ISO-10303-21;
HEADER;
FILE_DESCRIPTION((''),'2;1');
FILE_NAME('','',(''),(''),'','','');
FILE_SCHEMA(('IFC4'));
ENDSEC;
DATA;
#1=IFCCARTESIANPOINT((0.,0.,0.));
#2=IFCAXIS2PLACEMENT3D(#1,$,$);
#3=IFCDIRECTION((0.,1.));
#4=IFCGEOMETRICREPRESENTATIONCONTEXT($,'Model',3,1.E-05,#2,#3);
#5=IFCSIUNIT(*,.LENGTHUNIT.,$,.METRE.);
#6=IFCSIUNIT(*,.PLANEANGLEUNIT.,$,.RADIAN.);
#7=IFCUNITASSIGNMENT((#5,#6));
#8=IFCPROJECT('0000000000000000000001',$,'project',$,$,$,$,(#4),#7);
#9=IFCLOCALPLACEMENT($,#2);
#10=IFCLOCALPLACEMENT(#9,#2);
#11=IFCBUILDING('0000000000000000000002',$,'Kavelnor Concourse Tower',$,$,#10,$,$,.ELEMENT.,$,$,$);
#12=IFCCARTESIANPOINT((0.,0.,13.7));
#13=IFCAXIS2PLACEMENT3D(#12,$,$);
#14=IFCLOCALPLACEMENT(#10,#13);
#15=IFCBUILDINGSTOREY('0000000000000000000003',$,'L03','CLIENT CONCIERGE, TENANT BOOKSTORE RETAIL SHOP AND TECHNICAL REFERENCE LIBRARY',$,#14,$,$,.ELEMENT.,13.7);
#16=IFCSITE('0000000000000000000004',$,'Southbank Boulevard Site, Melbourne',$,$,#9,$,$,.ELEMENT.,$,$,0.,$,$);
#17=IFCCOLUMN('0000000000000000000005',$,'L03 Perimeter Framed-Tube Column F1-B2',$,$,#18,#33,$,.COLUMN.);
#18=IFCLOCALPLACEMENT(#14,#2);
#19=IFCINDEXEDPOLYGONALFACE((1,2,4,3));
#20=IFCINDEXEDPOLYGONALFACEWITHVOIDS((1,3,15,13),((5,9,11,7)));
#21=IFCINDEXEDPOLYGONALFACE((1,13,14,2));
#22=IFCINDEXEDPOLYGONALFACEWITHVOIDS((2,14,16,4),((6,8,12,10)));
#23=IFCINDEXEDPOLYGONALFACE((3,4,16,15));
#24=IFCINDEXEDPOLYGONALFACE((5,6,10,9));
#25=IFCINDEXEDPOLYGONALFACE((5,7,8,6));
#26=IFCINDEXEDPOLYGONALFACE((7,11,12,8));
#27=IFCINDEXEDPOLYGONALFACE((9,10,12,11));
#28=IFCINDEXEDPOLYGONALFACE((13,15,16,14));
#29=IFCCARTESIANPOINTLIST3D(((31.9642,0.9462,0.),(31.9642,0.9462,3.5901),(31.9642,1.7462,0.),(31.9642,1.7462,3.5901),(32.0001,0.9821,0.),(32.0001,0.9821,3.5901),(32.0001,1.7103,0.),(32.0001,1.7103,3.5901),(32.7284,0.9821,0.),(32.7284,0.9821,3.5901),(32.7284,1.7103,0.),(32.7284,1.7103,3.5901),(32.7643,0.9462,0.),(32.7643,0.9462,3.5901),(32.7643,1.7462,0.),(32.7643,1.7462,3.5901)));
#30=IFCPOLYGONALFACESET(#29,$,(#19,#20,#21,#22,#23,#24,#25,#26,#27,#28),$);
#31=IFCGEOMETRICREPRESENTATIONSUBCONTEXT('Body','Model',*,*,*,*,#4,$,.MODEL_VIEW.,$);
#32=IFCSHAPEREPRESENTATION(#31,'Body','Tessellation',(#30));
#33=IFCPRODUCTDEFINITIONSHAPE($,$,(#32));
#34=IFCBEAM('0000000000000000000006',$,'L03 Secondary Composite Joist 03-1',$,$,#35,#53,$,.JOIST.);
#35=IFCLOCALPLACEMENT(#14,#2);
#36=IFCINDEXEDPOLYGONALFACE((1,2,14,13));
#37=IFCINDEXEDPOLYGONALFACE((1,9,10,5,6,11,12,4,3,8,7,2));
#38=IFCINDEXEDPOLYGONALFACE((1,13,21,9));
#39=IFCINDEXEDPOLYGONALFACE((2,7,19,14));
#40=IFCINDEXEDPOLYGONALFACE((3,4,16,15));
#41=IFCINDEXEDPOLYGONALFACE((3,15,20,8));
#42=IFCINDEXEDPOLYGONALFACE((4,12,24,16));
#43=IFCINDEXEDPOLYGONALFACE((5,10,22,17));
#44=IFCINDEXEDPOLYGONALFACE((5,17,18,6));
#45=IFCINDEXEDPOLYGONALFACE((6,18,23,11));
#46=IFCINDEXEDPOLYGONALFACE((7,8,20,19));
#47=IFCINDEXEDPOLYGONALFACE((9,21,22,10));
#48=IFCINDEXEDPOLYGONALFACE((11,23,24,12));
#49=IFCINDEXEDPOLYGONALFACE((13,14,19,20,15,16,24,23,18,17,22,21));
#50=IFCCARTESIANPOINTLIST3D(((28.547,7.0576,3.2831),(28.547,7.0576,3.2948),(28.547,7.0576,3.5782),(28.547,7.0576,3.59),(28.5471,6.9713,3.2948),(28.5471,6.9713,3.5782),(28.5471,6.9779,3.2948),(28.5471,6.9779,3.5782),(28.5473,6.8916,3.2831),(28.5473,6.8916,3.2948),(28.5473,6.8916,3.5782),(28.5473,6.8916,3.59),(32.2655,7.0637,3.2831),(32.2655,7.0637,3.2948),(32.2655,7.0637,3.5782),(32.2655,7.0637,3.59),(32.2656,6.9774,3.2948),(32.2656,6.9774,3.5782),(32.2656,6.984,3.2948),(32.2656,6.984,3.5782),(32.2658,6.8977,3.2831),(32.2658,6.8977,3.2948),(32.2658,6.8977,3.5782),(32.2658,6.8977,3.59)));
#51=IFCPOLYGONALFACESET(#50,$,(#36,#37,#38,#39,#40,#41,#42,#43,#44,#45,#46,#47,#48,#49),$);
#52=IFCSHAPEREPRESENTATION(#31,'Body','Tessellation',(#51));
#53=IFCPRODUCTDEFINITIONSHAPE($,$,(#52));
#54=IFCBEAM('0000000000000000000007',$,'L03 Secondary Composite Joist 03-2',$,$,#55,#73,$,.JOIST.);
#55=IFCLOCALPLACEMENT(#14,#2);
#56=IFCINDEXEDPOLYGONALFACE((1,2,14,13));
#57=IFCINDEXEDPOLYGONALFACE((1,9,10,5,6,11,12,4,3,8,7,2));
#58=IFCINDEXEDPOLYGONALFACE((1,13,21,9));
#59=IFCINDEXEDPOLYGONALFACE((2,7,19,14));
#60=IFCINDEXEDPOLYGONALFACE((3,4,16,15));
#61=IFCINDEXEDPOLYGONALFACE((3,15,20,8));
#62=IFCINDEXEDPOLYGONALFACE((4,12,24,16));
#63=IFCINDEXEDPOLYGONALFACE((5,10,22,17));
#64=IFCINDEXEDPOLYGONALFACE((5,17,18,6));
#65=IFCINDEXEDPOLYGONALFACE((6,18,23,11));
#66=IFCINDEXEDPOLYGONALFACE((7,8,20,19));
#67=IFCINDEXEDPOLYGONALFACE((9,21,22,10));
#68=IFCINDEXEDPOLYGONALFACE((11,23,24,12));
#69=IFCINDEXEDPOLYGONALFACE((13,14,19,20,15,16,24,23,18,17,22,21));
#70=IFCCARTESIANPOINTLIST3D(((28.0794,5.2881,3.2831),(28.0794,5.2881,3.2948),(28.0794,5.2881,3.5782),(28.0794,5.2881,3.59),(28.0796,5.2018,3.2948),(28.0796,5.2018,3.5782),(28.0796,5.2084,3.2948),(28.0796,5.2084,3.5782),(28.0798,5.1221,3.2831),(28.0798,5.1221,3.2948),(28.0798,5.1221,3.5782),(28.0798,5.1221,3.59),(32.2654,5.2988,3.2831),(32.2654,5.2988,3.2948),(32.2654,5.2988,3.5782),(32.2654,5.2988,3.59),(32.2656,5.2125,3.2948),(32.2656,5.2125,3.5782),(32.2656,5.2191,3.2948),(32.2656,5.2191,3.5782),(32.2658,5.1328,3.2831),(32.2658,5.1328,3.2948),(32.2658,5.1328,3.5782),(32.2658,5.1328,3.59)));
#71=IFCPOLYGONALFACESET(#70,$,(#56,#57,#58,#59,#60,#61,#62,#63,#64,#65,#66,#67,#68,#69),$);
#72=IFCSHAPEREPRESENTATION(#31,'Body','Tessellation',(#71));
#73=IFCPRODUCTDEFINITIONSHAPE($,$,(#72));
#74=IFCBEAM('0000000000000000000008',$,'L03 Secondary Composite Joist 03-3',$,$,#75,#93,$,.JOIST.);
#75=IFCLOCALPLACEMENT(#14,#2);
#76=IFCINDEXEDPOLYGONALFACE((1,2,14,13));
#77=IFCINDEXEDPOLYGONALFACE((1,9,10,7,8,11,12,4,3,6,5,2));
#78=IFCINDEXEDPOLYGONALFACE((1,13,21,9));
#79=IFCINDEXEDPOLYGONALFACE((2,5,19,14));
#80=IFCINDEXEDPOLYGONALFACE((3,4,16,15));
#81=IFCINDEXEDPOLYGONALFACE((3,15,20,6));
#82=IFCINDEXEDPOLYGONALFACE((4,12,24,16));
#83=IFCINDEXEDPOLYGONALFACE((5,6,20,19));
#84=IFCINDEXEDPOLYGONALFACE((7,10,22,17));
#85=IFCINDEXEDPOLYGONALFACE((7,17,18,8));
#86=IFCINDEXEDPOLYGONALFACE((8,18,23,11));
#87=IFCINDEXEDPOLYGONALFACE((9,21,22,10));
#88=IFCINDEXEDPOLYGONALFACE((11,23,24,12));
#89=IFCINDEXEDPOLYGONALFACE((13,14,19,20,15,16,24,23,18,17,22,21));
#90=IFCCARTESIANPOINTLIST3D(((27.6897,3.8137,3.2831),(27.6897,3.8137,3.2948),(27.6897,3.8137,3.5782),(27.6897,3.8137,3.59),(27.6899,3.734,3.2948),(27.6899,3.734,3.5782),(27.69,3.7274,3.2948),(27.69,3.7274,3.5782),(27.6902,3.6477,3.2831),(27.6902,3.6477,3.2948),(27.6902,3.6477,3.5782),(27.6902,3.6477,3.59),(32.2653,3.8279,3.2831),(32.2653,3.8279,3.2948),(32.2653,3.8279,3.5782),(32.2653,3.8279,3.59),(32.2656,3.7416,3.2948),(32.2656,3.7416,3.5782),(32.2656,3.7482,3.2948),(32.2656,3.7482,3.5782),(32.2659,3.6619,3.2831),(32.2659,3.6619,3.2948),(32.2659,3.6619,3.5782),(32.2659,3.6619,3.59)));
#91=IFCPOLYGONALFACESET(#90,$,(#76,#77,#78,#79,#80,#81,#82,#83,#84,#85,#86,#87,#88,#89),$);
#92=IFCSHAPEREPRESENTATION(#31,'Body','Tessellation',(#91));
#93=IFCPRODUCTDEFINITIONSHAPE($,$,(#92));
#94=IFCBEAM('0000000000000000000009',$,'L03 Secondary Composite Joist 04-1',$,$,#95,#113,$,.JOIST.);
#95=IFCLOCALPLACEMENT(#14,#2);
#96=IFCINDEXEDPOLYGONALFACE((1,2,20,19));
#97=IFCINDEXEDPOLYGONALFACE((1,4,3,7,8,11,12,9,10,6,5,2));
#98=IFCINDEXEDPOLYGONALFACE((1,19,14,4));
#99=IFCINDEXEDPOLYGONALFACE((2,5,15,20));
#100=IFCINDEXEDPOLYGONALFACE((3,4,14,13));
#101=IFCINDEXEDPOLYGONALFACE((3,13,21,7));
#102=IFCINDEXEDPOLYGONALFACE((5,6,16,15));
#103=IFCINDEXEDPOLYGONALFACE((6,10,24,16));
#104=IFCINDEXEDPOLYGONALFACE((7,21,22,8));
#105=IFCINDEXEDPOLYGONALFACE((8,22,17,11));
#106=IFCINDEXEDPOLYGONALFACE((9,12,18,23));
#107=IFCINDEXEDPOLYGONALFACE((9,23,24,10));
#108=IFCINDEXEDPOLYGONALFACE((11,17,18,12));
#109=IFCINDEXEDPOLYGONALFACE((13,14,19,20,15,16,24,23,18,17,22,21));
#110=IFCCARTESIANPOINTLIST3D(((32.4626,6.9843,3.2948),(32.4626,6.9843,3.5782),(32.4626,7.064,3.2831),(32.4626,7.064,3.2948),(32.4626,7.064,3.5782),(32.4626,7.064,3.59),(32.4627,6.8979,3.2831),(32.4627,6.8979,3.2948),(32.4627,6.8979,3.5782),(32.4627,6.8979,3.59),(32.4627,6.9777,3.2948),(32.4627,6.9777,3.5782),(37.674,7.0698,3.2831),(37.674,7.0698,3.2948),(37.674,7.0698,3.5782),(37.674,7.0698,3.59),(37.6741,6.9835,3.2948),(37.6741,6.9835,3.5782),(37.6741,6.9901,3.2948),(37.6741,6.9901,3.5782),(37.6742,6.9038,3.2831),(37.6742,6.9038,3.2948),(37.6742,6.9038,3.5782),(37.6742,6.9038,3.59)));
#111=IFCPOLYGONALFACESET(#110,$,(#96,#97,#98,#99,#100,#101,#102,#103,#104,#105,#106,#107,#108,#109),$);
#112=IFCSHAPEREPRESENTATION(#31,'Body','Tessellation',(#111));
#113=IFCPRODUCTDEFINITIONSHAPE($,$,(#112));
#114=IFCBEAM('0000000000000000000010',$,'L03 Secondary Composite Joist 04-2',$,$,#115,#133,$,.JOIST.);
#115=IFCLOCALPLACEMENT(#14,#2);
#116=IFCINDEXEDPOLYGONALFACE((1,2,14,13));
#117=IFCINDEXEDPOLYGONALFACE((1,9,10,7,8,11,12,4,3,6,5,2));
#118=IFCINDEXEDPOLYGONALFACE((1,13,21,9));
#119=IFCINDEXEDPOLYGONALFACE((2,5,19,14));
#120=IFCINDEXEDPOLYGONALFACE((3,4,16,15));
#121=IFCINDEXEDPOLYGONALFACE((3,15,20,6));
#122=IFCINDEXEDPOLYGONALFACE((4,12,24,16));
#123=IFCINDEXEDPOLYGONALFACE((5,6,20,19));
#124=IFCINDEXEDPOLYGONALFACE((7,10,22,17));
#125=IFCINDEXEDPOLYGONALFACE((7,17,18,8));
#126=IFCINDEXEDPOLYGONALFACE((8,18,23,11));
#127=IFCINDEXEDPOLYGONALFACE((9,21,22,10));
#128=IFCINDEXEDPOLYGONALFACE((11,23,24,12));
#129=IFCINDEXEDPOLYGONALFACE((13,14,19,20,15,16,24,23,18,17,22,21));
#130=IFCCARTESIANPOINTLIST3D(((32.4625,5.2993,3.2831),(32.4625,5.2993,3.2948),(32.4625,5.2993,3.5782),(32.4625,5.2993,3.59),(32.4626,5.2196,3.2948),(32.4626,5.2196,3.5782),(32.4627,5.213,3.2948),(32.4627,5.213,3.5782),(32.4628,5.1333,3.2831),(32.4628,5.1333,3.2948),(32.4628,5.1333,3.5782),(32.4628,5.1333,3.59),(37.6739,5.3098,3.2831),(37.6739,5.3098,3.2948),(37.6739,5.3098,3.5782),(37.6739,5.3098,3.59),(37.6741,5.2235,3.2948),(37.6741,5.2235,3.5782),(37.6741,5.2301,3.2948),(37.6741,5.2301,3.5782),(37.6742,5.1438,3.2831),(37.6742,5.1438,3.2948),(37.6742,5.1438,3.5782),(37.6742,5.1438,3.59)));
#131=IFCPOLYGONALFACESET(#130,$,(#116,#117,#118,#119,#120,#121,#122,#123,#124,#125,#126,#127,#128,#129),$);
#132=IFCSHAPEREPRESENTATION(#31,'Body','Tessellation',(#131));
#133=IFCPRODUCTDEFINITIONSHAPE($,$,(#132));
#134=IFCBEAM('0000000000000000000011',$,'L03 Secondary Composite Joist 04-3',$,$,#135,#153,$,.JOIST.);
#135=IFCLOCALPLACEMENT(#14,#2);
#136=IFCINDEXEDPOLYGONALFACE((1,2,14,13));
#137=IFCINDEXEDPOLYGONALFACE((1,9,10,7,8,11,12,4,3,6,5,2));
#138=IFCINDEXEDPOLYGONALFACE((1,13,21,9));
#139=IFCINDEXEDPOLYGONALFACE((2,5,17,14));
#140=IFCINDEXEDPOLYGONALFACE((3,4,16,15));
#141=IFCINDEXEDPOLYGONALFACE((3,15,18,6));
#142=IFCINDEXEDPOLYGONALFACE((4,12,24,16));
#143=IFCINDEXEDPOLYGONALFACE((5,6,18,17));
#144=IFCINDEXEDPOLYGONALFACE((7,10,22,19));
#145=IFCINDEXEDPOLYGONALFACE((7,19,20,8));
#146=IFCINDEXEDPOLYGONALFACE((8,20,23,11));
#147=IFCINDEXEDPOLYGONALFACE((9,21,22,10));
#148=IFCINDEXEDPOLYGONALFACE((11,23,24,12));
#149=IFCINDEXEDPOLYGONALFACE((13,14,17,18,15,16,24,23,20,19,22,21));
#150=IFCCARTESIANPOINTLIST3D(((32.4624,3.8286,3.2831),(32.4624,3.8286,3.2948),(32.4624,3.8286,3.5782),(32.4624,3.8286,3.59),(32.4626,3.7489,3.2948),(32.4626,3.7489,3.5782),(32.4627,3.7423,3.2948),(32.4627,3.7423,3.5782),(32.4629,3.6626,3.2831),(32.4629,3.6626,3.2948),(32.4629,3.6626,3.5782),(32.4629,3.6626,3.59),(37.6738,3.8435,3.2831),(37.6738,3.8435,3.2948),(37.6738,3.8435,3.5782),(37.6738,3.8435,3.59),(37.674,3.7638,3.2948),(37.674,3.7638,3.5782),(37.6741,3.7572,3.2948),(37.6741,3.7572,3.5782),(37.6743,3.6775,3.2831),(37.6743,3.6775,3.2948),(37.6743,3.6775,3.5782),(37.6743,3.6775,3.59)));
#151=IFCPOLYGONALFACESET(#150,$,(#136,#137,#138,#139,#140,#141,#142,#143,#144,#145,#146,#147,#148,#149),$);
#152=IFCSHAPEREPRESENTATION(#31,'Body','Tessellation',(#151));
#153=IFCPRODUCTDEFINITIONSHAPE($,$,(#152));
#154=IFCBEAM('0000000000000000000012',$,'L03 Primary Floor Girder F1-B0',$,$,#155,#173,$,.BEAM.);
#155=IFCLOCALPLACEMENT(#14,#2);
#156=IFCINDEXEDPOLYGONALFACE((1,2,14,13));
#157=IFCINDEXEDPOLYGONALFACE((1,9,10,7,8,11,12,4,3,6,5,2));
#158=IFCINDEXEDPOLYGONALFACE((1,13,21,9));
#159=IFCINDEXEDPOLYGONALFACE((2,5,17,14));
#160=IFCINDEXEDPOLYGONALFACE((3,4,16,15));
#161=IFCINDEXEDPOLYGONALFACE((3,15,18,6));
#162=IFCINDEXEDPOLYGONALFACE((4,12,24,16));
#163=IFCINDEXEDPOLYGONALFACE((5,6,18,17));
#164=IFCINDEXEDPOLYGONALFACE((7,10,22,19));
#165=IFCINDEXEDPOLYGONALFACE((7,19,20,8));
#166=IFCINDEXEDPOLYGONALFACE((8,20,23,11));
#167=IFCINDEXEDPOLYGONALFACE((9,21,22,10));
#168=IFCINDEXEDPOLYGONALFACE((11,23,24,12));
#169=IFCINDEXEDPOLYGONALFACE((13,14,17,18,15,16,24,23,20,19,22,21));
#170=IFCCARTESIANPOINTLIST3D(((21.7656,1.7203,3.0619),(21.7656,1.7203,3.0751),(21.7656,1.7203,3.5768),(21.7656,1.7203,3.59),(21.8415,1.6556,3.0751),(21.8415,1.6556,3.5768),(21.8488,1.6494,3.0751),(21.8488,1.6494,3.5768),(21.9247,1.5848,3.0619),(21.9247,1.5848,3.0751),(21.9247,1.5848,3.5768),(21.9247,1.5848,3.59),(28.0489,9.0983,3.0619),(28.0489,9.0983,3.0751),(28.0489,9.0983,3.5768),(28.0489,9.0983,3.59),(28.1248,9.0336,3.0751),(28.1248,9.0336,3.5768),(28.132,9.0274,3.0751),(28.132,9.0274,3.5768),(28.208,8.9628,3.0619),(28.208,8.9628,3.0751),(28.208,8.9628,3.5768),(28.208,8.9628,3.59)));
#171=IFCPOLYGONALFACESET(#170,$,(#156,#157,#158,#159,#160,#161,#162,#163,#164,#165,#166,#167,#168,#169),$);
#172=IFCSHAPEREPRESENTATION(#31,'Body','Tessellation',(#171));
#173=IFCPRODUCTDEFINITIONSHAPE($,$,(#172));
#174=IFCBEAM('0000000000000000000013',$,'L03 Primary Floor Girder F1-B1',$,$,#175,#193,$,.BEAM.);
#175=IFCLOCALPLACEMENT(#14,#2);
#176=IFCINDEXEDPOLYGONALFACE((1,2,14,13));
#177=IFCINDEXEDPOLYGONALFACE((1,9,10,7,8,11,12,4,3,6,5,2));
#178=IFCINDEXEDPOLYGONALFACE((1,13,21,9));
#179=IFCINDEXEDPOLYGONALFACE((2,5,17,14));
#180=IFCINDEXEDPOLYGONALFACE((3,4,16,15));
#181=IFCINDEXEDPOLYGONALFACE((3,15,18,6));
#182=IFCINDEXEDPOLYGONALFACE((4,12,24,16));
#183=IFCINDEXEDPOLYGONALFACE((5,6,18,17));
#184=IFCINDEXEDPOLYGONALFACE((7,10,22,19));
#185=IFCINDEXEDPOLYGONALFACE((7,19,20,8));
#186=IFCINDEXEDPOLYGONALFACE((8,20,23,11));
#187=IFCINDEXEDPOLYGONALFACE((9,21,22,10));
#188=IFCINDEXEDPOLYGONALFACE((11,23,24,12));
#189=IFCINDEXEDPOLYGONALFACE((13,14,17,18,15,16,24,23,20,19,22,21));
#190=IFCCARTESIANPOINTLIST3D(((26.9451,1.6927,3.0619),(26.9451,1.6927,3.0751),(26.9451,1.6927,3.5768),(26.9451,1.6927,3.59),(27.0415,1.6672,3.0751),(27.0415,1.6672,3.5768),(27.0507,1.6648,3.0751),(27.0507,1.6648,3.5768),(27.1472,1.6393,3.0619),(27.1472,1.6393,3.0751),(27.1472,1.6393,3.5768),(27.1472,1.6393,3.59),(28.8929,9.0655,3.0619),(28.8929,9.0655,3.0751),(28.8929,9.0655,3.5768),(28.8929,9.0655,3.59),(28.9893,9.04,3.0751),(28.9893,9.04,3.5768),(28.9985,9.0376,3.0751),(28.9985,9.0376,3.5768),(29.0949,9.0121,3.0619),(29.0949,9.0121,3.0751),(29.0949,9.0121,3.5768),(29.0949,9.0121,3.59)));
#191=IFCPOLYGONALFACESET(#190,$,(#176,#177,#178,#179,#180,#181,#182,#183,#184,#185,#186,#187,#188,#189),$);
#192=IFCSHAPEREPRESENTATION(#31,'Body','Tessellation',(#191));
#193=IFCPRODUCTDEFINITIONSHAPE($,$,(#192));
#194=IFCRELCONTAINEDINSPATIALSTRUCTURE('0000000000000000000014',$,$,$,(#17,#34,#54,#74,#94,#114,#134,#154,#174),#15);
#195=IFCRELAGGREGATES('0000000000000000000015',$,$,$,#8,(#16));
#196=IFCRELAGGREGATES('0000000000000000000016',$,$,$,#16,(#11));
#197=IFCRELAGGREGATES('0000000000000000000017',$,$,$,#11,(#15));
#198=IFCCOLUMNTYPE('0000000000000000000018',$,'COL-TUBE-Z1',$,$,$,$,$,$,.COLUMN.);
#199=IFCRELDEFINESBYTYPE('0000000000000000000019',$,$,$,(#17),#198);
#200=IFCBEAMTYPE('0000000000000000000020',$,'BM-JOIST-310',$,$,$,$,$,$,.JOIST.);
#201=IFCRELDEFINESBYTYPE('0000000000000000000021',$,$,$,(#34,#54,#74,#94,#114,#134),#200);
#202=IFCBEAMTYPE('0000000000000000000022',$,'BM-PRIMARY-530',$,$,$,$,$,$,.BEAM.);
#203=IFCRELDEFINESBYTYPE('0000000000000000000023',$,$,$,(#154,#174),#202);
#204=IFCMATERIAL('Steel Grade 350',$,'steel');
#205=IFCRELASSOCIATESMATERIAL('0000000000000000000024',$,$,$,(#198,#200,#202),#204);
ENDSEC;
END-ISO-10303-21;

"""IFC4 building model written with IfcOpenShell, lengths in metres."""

from ifc_helpers import new_model, si_unit, direction, frame, origin, origin_2d, place, context, subcontext, project, spatial, hollow_rectangle, i_section, extrude, material, material_profile, profile_set, type_object, element, save


model = new_model("IFC4")

# Units and contexts
model_context = context("Model", 3, precision=1e-05, world=origin(), true_north=direction((0.0, 1.0)))
body_context = subcontext(model_context, "Body", "Model", "MODEL_VIEW")
ifc_project = project(units=[si_unit("LENGTHUNIT", "METRE"), si_unit("PLANEANGLEUNIT", "RADIAN")], contexts=[model_context])

# Site, building, storey
site_placement = place(None, origin())
site = spatial("IfcSite", under=ifc_project, at=site_placement, Name="Southbank Boulevard Site, Melbourne", CompositionType="ELEMENT", RefElevation=0.0)
building_placement = place(site_placement, origin())
building = spatial("IfcBuilding", under=site, at=building_placement, Name="Kavelnor Concourse Tower", CompositionType="ELEMENT")
storey_placement = place(building_placement, frame((0.0, 0.0, 13.7)))
storey = spatial("IfcBuildingStorey", under=building, at=storey_placement, Name="L03", Description="CLIENT CONCIERGE, TENANT BOOKSTORE RETAIL SHOP AND TECHNICAL REFERENCE LIBRARY", CompositionType="ELEMENT", Elevation=13.7)

# Column
ifc_material_1 = material(Name="Steel Grade 350", Category="steel")
ifc_material_profile_1 = material_profile(ifc_material_1, hollow_rectangle(XDim=0.8, YDim=0.8, WallThickness=0.0359, at=origin_2d()), Name="SHS 800x800x36")
ifc_profile_set_1 = profile_set([ifc_material_profile_1], Name="Steel Grade 350")
column_type = type_object("IfcColumnType", Name="COL-TUBE-Z1", PredefinedType="COLUMN", material=ifc_profile_set_1)
column_placement = place(storey_placement, frame((32.3643, 1.3462, 0.0), z_axis=(0.0, 0.0, 1.0), x_axis=(1.0, 0.0, 0.0)))
element("IfcColumn", 1, at=column_placement, inside=storey, type_object=column_type, Name="L03 Perimeter Framed-Tube Column F1-B2", PredefinedType="COLUMN", context=body_context, shape_type="SweptSolid", body=[
    extrude(hollow_rectangle(XDim=0.8, YDim=0.8, WallThickness=0.0359, at=origin_2d()), origin(), (0.0, 0.0, 1.0), 3.5901),
])

# Beams
ifc_material_profile_2 = material_profile(ifc_material_1, i_section(OverallWidth=0.166, OverallDepth=0.3069, WebThickness=0.0066, FlangeThickness=0.0117, at=origin_2d()), Name="310UB46")
ifc_profile_set_2 = profile_set([ifc_material_profile_2], Name="Steel Grade 350")
beam_type_1 = type_object("IfcBeamType", Name="BM-JOIST-310", PredefinedType="JOIST", material=ifc_profile_set_2)
beam_1_placement = place(storey_placement, frame((28.5471, 6.9746, 3.4365), z_axis=(0.999999, 0.001641, 0.0), x_axis=(-0.001641, 0.999999, 0.0)))
element("IfcBeam", 2, at=beam_1_placement, inside=storey, type_object=beam_type_1, Name="L03 Secondary Composite Joist 03-1", PredefinedType="JOIST", context=body_context, shape_type="SweptSolid", body=[
    extrude(i_section(OverallWidth=0.166, OverallDepth=0.3069, WebThickness=0.0066, FlangeThickness=0.0117, at=origin_2d()), origin(), (0.0, 0.0, 1.0), 3.7185),
])
beam_2_placement = place(storey_placement, frame((28.0796, 5.2051, 3.4365), z_axis=(0.999997, 0.002566, 0.0), x_axis=(-0.002566, 0.999997, 0.0)))
element("IfcBeam", 3, at=beam_2_placement, inside=storey, type_object=beam_type_1, Name="L03 Secondary Composite Joist 03-2", PredefinedType="JOIST", context=body_context, shape_type="SweptSolid", body=[
    extrude(i_section(OverallWidth=0.166, OverallDepth=0.3069, WebThickness=0.0066, FlangeThickness=0.0117, at=origin_2d()), origin(), (0.0, 0.0, 1.0), 4.186),
])
beam_3_placement = place(storey_placement, frame((27.6899, 3.7307, 3.4365), z_axis=(0.999995, 0.003095, 0.0), x_axis=(-0.003095, 0.999995, 0.0)))
element("IfcBeam", 4, at=beam_3_placement, inside=storey, type_object=beam_type_1, Name="L03 Secondary Composite Joist 03-3", PredefinedType="JOIST", context=body_context, shape_type="SweptSolid", body=[
    extrude(i_section(OverallWidth=0.166, OverallDepth=0.3069, WebThickness=0.0066, FlangeThickness=0.0117, at=origin_2d()), origin(), (0.0, 0.0, 1.0), 4.5757),
])
for number, where, z_axis, x_axis, name in (
    (5, (32.4626, 6.981, 3.4365), (0.999999, 0.001124, 0.0), (-0.001124, 0.999999, 0.0), "L03 Secondary Composite Joist 04-1"),
    (6, (32.4626, 5.2163, 3.4365), (0.999998, 0.002014, 0.0), (-0.002014, 0.999998, 0.0), "L03 Secondary Composite Joist 04-2"),
    (7, (32.4626, 3.7456, 3.4365), (0.999996, 0.002858, 0.0), (-0.002858, 0.999996, 0.0), "L03 Secondary Composite Joist 04-3"),
):
    element("IfcBeam", number, at=place(storey_placement, frame(where, z_axis=z_axis, x_axis=x_axis)), inside=storey, type_object=beam_type_1, Name=name, PredefinedType="JOIST", context=body_context, shape_type="SweptSolid", body=[
        extrude(i_section(OverallWidth=0.166, OverallDepth=0.3069, WebThickness=0.0066, FlangeThickness=0.0117, at=origin_2d()), origin(), (0.0, 0.0, 1.0), 5.2114),
    ])
ifc_material_profile_3 = material_profile(ifc_material_1, i_section(OverallWidth=0.209, OverallDepth=0.5281, WebThickness=0.0095, FlangeThickness=0.0132, at=origin_2d()), Name="530UB82")
ifc_profile_set_3 = profile_set([ifc_material_profile_3], Name="Steel Grade 350")
beam_type_2 = type_object("IfcBeamType", Name="BM-PRIMARY-530", PredefinedType="BEAM", material=ifc_profile_set_3)
beam_4_placement = place(storey_placement, frame((28.1284, 9.0305, 3.3259), z_axis=(-0.648365, -0.76133, 0.0), x_axis=(0.76133, -0.648365, 0.0)))
element("IfcBeam", 8, at=beam_4_placement, inside=storey, type_object=beam_type_2, Name="L03 Primary Floor Girder F1-B0", PredefinedType="BEAM", context=body_context, shape_type="SweptSolid", body=[
    extrude(i_section(OverallWidth=0.209, OverallDepth=0.5281, WebThickness=0.0095, FlangeThickness=0.0132, at=origin_2d()), origin(), (0.0, 0.0, 1.0), 9.6909),
])
beam_5_placement = place(storey_placement, frame((28.9939, 9.0388, 3.3259), z_axis=(-0.255418, -0.966831, 0.0), x_axis=(0.966831, -0.255418, 0.0)))
element("IfcBeam", 9, at=beam_5_placement, inside=storey, type_object=beam_type_2, Name="L03 Primary Floor Girder F1-B1", PredefinedType="BEAM", context=body_context, shape_type="SweptSolid", body=[
    extrude(i_section(OverallWidth=0.209, OverallDepth=0.5281, WebThickness=0.0095, FlangeThickness=0.0132, at=origin_2d()), origin(), (0.0, 0.0, 1.0), 7.6257),
])

save(model, "model.ifc")
